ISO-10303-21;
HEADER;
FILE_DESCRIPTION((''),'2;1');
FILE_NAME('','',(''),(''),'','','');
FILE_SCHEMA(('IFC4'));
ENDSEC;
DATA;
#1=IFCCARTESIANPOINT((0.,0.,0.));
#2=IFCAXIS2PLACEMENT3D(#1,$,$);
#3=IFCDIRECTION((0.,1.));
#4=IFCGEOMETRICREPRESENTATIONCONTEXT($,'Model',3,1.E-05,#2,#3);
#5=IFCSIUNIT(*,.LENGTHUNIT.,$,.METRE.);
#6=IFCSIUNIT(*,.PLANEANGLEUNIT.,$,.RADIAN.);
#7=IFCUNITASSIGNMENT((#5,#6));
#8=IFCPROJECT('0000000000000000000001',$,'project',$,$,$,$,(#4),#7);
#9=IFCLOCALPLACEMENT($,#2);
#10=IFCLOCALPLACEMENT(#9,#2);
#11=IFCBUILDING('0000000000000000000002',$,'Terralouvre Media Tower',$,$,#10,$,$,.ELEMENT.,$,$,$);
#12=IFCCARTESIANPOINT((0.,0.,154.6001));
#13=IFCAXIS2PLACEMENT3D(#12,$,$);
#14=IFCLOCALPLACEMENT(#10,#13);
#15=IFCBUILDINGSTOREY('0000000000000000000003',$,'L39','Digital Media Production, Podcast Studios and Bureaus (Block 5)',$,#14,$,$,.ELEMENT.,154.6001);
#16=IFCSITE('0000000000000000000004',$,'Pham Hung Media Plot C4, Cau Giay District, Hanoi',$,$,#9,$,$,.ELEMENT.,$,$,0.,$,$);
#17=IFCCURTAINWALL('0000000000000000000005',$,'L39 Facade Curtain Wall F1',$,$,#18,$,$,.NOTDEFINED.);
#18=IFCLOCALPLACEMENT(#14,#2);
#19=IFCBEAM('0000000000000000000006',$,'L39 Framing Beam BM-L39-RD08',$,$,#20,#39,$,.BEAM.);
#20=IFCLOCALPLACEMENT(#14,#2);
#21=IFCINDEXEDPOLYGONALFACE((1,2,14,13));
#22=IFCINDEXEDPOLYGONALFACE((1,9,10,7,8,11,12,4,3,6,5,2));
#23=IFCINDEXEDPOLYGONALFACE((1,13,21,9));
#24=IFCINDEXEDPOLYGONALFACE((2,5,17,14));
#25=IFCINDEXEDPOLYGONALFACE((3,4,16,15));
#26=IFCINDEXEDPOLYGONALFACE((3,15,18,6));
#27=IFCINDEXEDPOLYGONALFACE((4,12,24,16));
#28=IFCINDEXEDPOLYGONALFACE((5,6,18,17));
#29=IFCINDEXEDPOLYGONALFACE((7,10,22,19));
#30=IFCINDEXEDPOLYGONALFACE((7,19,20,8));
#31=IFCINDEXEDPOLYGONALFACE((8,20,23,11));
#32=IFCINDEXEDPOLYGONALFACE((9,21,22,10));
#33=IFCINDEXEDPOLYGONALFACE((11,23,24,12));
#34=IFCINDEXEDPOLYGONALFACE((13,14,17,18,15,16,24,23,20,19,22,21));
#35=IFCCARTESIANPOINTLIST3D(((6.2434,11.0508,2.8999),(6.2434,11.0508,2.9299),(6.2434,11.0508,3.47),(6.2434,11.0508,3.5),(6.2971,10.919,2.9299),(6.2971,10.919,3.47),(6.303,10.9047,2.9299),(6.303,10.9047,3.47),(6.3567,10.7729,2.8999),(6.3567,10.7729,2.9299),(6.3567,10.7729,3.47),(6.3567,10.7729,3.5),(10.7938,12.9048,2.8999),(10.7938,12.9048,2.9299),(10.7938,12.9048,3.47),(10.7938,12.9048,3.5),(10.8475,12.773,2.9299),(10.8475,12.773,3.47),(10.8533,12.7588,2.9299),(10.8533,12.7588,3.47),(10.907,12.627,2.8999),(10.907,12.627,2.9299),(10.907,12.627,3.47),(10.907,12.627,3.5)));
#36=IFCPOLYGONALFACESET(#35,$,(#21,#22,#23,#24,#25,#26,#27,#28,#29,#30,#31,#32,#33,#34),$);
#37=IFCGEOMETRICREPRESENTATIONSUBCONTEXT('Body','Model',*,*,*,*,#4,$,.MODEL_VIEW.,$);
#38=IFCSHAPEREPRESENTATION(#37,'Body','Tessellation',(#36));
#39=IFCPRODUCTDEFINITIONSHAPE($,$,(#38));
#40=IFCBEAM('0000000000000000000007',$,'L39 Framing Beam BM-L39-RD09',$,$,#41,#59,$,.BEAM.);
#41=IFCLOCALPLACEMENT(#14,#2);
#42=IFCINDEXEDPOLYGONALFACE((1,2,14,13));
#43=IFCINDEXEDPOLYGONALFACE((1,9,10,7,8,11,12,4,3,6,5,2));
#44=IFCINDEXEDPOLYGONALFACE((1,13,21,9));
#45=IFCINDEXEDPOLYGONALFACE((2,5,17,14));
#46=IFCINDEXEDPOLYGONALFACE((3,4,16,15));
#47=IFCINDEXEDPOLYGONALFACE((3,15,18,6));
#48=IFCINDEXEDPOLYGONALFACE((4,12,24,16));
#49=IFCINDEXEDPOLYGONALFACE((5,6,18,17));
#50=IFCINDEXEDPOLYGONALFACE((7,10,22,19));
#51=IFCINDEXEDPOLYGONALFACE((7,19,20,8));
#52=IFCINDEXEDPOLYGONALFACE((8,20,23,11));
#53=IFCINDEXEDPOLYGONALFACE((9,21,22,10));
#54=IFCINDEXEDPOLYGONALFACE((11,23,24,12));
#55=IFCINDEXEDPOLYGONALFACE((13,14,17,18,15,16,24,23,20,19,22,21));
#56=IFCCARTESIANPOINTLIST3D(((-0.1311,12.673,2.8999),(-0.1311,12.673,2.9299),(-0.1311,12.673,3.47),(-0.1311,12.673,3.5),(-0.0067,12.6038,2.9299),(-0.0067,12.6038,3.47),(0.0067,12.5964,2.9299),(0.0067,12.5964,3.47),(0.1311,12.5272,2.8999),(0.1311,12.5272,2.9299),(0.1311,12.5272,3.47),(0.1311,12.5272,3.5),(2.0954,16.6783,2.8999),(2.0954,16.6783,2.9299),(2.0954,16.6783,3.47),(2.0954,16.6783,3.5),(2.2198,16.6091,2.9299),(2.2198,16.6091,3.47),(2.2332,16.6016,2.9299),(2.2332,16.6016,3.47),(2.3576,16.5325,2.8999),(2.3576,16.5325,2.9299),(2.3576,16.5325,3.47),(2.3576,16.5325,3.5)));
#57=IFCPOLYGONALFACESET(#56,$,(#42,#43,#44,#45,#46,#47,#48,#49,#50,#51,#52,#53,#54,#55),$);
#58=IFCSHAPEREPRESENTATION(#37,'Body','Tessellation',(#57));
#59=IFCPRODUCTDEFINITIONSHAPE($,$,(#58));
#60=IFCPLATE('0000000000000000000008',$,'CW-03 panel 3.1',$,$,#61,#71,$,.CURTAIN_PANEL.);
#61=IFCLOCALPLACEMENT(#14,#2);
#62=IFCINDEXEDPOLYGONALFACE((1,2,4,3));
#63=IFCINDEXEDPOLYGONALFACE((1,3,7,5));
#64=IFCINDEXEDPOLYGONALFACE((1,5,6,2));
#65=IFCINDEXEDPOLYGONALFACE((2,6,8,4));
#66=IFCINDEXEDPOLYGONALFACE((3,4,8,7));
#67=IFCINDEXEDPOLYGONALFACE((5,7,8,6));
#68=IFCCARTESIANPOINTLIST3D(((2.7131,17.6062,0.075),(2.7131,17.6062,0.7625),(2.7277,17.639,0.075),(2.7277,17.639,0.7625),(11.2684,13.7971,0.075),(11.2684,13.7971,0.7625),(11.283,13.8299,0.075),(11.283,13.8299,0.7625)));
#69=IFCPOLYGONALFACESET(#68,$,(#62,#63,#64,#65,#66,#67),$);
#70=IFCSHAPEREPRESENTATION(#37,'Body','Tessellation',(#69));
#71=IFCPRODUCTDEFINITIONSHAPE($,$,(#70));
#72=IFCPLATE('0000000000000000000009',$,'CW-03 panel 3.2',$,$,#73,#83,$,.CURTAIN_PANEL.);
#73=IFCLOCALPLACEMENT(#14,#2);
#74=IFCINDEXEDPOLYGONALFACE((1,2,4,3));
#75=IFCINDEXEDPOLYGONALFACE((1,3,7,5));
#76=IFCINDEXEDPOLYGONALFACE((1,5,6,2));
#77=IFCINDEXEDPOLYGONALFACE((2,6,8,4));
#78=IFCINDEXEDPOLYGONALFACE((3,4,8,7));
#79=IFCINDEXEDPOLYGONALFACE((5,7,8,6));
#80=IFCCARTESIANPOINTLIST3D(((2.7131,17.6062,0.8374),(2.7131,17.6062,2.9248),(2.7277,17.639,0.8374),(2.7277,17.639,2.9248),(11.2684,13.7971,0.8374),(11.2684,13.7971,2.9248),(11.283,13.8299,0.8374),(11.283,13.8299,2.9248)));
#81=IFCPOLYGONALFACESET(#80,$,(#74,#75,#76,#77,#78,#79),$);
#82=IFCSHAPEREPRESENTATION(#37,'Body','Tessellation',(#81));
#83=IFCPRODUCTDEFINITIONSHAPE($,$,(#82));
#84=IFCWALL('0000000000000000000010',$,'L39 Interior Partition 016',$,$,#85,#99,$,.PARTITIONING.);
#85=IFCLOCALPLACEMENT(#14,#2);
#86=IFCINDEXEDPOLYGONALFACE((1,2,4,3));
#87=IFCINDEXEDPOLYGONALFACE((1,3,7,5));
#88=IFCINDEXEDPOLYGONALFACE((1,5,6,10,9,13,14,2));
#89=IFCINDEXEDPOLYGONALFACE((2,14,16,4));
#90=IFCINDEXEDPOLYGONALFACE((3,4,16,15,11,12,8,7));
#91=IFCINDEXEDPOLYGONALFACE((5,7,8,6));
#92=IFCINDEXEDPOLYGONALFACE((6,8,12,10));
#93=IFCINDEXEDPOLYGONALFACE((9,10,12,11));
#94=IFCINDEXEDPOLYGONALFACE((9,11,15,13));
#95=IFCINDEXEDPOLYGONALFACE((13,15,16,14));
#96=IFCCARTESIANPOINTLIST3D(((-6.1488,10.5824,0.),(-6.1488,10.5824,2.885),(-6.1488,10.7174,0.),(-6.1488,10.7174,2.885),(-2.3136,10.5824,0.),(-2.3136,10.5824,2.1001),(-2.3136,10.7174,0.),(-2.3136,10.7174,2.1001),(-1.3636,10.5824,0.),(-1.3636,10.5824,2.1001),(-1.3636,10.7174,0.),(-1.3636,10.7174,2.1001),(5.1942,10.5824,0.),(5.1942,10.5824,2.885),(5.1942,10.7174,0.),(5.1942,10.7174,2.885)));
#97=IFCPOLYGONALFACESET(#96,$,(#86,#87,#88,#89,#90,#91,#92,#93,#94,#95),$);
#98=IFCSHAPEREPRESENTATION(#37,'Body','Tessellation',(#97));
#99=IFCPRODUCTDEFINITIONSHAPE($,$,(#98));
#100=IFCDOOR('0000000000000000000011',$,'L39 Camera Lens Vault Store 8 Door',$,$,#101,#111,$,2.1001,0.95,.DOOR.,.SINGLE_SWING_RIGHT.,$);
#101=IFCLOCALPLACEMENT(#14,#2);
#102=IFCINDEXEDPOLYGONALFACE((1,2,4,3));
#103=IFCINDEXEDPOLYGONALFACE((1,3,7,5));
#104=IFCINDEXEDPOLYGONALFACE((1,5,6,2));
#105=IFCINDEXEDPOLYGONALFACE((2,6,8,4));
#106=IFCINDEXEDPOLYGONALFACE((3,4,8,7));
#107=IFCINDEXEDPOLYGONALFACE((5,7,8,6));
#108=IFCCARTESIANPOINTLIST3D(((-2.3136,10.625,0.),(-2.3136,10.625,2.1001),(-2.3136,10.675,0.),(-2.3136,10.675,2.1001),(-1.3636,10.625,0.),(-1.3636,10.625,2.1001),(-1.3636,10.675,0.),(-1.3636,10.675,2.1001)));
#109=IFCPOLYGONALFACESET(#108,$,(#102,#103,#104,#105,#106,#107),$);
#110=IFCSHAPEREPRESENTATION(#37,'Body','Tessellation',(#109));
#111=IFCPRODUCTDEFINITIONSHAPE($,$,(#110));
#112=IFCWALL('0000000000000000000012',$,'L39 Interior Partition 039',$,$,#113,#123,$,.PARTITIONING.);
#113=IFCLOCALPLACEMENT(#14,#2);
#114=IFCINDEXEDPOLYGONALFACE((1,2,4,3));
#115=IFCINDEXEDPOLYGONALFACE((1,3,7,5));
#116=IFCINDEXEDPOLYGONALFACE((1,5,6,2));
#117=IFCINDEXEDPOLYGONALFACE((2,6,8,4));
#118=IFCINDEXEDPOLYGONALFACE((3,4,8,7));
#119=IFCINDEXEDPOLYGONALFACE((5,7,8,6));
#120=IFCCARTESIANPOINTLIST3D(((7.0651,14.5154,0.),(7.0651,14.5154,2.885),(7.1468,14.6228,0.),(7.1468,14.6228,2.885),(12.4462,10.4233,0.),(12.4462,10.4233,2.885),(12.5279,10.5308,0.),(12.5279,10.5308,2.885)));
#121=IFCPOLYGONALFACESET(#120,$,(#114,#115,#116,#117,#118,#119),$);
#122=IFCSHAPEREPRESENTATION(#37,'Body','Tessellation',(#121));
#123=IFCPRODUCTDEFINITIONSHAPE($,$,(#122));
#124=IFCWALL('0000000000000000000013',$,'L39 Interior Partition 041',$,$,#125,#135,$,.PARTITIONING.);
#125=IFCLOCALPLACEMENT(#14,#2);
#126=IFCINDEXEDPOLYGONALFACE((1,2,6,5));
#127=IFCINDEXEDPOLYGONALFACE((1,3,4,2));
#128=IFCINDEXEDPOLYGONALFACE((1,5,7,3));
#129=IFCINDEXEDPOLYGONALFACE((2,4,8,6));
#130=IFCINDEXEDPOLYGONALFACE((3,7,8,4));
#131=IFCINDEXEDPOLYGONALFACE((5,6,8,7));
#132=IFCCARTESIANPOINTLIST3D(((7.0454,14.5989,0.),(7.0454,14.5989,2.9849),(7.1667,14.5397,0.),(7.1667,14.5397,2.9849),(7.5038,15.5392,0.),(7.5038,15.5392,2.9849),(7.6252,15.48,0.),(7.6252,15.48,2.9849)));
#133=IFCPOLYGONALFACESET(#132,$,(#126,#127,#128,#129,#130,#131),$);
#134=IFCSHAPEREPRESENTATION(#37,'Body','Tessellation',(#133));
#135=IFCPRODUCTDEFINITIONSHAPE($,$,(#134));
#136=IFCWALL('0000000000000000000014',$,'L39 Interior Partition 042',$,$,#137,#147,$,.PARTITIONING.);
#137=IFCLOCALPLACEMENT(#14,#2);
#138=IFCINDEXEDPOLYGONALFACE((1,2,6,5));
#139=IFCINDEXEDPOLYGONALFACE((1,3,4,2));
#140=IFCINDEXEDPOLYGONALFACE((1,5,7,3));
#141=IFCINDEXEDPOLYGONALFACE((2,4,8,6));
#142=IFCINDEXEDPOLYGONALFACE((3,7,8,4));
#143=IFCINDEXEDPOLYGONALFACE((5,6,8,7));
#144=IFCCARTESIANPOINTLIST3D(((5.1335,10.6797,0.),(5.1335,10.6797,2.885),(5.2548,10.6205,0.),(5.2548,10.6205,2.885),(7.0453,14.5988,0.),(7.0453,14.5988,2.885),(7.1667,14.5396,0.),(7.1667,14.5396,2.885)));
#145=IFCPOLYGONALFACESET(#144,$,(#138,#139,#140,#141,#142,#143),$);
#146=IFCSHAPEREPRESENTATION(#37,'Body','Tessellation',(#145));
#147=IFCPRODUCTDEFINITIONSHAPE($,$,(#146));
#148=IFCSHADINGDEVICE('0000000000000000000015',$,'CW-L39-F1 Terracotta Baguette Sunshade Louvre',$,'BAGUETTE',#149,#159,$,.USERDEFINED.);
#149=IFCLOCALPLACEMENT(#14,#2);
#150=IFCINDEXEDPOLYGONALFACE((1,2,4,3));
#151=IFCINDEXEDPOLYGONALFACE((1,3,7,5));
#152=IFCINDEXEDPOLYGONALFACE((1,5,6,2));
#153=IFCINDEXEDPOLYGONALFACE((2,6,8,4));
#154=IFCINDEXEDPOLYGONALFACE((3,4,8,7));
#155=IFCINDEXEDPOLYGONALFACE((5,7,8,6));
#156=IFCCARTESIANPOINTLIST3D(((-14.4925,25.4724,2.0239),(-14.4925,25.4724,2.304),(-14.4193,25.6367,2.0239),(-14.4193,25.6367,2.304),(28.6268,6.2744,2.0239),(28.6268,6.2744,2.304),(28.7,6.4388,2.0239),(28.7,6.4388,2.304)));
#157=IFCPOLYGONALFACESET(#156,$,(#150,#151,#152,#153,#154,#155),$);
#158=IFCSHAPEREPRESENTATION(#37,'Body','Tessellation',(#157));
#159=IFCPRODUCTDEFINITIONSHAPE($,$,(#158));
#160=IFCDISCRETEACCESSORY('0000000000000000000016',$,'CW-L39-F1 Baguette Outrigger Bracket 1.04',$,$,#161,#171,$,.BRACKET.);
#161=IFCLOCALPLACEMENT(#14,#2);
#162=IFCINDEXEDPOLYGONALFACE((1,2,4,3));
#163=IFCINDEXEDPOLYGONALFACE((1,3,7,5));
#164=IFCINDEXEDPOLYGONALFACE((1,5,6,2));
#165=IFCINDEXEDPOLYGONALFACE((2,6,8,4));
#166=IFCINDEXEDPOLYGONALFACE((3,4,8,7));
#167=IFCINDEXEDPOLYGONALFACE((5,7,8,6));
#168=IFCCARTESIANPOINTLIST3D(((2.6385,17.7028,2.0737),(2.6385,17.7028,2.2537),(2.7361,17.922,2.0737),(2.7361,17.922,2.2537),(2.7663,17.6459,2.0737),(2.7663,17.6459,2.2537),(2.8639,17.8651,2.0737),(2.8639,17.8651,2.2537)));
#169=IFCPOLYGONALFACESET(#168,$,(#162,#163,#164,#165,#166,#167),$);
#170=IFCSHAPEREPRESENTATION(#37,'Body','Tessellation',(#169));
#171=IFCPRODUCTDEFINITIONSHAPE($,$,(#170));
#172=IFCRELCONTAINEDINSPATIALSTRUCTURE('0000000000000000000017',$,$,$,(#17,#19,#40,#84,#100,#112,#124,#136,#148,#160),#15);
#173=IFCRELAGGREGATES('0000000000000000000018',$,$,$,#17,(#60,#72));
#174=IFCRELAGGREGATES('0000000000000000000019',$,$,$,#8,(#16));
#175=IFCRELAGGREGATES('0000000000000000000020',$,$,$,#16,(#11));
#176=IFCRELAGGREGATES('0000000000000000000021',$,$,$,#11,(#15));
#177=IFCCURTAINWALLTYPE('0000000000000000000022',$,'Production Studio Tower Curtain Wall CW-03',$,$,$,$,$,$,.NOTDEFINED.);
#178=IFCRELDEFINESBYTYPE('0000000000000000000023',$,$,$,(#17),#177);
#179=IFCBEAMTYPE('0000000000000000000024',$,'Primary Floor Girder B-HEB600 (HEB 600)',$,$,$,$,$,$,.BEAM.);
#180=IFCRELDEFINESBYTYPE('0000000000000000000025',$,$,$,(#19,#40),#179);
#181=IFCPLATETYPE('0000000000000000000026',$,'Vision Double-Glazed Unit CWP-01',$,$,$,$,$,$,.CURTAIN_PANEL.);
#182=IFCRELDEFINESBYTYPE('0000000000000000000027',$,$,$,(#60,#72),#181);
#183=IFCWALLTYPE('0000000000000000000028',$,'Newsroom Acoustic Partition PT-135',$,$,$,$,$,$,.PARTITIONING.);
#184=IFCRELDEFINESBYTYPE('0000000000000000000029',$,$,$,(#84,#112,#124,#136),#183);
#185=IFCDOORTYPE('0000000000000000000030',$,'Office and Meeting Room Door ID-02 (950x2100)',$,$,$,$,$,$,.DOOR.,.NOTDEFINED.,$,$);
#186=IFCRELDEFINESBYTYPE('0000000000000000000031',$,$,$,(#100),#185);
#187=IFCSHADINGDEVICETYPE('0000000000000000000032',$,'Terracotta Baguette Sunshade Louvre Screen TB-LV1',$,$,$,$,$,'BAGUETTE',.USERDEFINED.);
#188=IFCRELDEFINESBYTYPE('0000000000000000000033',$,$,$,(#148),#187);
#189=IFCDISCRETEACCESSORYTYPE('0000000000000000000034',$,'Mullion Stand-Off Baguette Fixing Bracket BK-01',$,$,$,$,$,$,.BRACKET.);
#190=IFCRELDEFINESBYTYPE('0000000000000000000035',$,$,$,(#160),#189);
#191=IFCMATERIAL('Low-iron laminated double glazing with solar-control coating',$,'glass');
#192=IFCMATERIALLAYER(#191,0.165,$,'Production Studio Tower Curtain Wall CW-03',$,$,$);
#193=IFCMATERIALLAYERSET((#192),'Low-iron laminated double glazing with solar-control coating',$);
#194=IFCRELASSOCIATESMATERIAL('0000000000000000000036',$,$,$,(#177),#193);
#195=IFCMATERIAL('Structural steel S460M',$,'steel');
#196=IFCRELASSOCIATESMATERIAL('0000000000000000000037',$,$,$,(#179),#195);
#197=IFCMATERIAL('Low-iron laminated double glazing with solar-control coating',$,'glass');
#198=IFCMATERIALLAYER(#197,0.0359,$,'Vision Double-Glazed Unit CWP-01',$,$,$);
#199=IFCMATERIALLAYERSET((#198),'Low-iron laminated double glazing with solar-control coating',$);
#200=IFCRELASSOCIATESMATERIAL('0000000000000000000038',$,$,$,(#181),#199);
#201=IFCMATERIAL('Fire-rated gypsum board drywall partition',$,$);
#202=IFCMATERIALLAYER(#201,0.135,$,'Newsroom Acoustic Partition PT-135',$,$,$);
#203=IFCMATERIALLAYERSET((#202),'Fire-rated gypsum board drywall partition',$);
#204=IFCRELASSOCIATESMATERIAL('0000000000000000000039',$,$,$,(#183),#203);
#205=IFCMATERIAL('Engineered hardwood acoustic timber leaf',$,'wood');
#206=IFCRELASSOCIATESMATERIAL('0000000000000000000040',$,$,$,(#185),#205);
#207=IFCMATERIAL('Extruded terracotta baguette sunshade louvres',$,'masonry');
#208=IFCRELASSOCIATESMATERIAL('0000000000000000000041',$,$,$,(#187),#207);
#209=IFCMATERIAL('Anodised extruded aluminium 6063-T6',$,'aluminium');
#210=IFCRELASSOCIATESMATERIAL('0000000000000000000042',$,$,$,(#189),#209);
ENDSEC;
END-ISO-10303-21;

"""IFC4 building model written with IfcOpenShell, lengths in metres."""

from ifc_helpers import new_model, si_unit, direction, frame, frame_2d, origin, origin_2d, place, context, subcontext, project, spatial, rectangle, i_section, extrude, material, layer, layer_set, material_profile, profile_set, type_object, element, fill, aggregate, save


model = new_model("IFC4")

# Units and contexts
model_context = context("Model", 3, precision=1e-05, world=origin(), true_north=direction((0.0, 1.0)))
body_context = subcontext(model_context, "Body", "Model", "MODEL_VIEW")
ifc_project = project(units=[si_unit("LENGTHUNIT", "METRE"), si_unit("PLANEANGLEUNIT", "RADIAN")], contexts=[model_context])

# Site, building, storey
site_placement = place(None, origin())
site = spatial("IfcSite", under=ifc_project, at=site_placement, Name="Pham Hung Media Plot C4, Cau Giay District, Hanoi", CompositionType="ELEMENT", RefElevation=0.0)
building_placement = place(site_placement, origin())
building = spatial("IfcBuilding", under=site, at=building_placement, Name="Terralouvre Media Tower", CompositionType="ELEMENT")
storey_placement = place(building_placement, frame((0.0, 0.0, 154.6001)))
storey = spatial("IfcBuildingStorey", under=building, at=storey_placement, Name="L39", Description="Digital Media Production, Podcast Studios and Bureaus (Block 5)", CompositionType="ELEMENT", Elevation=154.6001)

# Curtain wall
ifc_material_1 = material(Name="Low-iron laminated double glazing with solar-control coating", Category="glass")
ifc_layer_1 = layer(ifc_material_1, 0.165, Name="Production Studio Tower Curtain Wall CW-03")
ifc_layer_set_1 = layer_set([ifc_layer_1], Name="Low-iron laminated double glazing with solar-control coating")
curtain_wall_type = type_object("IfcCurtainWallType", Name="Production Studio Tower Curtain Wall CW-03", PredefinedType="NOTDEFINED", material=ifc_layer_set_1)
curtain_wall_placement = place(storey_placement, origin())
curtain_wall = element("IfcCurtainWall", 1, at=curtain_wall_placement, inside=storey, type_object=curtain_wall_type, Name="L39 Facade Curtain Wall F1", PredefinedType="NOTDEFINED")

# Beams
ifc_material_2 = material(Name="Structural steel S460M", Category="steel")
ifc_material_profile_1 = material_profile(ifc_material_2, i_section(OverallWidth=0.3, OverallDepth=0.6001, WebThickness=0.0154, FlangeThickness=0.03, at=origin_2d()), Name="HEB 600")
ifc_profile_set_1 = profile_set([ifc_material_profile_1], Name="Structural steel S460M")
beam_type_1 = type_object("IfcBeamType", Name="Primary Floor Girder B-HEB600 (HEB 600)", PredefinedType="BEAM", material=ifc_profile_set_1)
beam_1_placement = place(storey_placement, frame((6.3, 10.9119, 3.2), z_axis=(0.926079, 0.377328, 0.0), x_axis=(-0.377328, 0.926079, 0.0)))
element("IfcBeam", 2, at=beam_1_placement, inside=storey, type_object=beam_type_1, Name="L39 Framing Beam BM-L39-RD08", PredefinedType="BEAM", context=body_context, shape_type="SweptSolid", body=[
    extrude(i_section(OverallWidth=0.3, OverallDepth=0.6001, WebThickness=0.0154, FlangeThickness=0.03, at=origin_2d()), origin(), (0.0, 0.0, 1.0), 4.9136),
])
beam_2_placement = place(storey_placement, frame((0.0, 12.6001, 3.2), z_axis=(0.485869, 0.874032, 0.0), x_axis=(-0.874032, 0.485869, 0.0)))
element("IfcBeam", 3, at=beam_2_placement, inside=storey, type_object=beam_type_1, Name="L39 Framing Beam BM-L39-RD09", PredefinedType="BEAM", context=body_context, shape_type="SweptSolid", body=[
    extrude(i_section(OverallWidth=0.3, OverallDepth=0.6001, WebThickness=0.0154, FlangeThickness=0.03, at=origin_2d()), origin(), (0.0, 0.0, 1.0), 4.5825),
])

# Plates
ifc_material_3 = material(Name="Low-iron laminated double glazing with solar-control coating", Category="glass")
ifc_layer_2 = layer(ifc_material_3, 0.0359, Name="Vision Double-Glazed Unit CWP-01")
ifc_layer_set_2 = layer_set([ifc_layer_2], Name="Low-iron laminated double glazing with solar-control coating")
plate_type = type_object("IfcPlateType", Name="Vision Double-Glazed Unit CWP-01", PredefinedType="CURTAIN_PANEL", material=ifc_layer_set_2)
plate_1_placement = place(storey_placement, frame((6.998, 15.718, 0.075), z_axis=(0.0, 0.0, 1.0), x_axis=(-0.913545, 0.406737, 0.0)))
plate_1 = element("IfcPlate", 4, at=plate_1_placement, type_object=plate_type, Name="CW-03 panel 3.1", PredefinedType="CURTAIN_PANEL", context=body_context, shape_type="SweptSolid", body=[
    extrude(rectangle(XDim=9.365, YDim=0.0359, at=origin_2d()), origin(), (0.0, 0.0, 1.0), 0.6875),
])
plate_2_placement = place(storey_placement, frame((6.998, 15.718, 0.8374), z_axis=(0.0, 0.0, 1.0), x_axis=(-0.913545, 0.406737, 0.0)))
plate_2 = element("IfcPlate", 5, at=plate_2_placement, type_object=plate_type, Name="CW-03 panel 3.2", PredefinedType="CURTAIN_PANEL", context=body_context, shape_type="SweptSolid", body=[
    extrude(rectangle(XDim=9.365, YDim=0.0359, at=origin_2d()), origin(), (0.0, 0.0, 1.0), 2.0874),
])
aggregate(curtain_wall, [plate_1, plate_2])

# Wall, opening, door
ifc_material_4 = material(Name="Fire-rated gypsum board drywall partition")
ifc_layer_3 = layer(ifc_material_4, 0.135, Name="Newsroom Acoustic Partition PT-135")
ifc_layer_set_3 = layer_set([ifc_layer_3], Name="Fire-rated gypsum board drywall partition")
wall_type = type_object("IfcWallType", Name="Newsroom Acoustic Partition PT-135", PredefinedType="PARTITIONING", material=ifc_layer_set_3)
wall_1_placement = place(storey_placement, frame((5.1941, 10.6499, 0.0), z_axis=(0.0, 0.0, 1.0), x_axis=(-1.0, 0.0, 0.0)))
wall_1 = element("IfcWall", 6, at=wall_1_placement, inside=storey, type_object=wall_type, Name="L39 Interior Partition 016", PredefinedType="PARTITIONING", context=body_context, shape_type="SweptSolid", body=[
    extrude(rectangle(XDim=11.343, YDim=0.135, at=frame_2d((5.6714, 0.0))), origin(), (0.0, 0.0, 1.0), 2.885),
])
opening_placement = place(wall_1_placement, frame((6.5576, 0.0, 0.0)))
opening = element("IfcOpeningElement", 7, at=opening_placement, cuts=wall_1, PredefinedType="OPENING", context=body_context, shape_type="SweptSolid", body=[
    extrude(rectangle(XDim=0.95, YDim=2.1001, at=frame_2d((0.4751, 1.05))), frame((0.0, 0.0774, 0.0), z_axis=(0.0, -1.0, 0.0), x_axis=(1.0, 0.0, 0.0)), (0.0, 0.0, 1.0), 0.155),
])
ifc_material_5 = material(Name="Engineered hardwood acoustic timber leaf", Category="wood")
door_type = type_object("IfcDoorType", Name="Office and Meeting Room Door ID-02 (950x2100)", OperationType="NOTDEFINED", PredefinedType="DOOR", material=ifc_material_5)
door_placement = place(opening_placement, origin())
door = element("IfcDoor", 8, at=door_placement, inside=storey, type_object=door_type, Name="L39 Camera Lens Vault Store 8 Door", OperationType="SINGLE_SWING_RIGHT", OverallHeight=2.1001, OverallWidth=0.95, PredefinedType="DOOR", context=body_context, shape_type="SweptSolid", body=[
    extrude(rectangle(XDim=0.95, YDim=2.1001, at=frame_2d((0.4751, 1.05))), frame((0.0, 0.0249, 0.0), z_axis=(0.0, -1.0, 0.0), x_axis=(1.0, 0.0, 0.0)), (0.0, 0.0, 1.0), 0.05),
])
fill(opening, door)

# Walls
wall_2_placement = place(storey_placement, frame((7.106, 14.5691, 0.0), z_axis=(0.0, 0.0, 1.0), x_axis=(0.795991, -0.605308, 0.0)))
element("IfcWall", 9, at=wall_2_placement, inside=storey, type_object=wall_type, Name="L39 Interior Partition 039", PredefinedType="PARTITIONING", context=body_context, shape_type="SweptSolid", body=[
    extrude(rectangle(XDim=6.7603, YDim=0.135, at=frame_2d((3.3801, 0.0))), origin(), (0.0, 0.0, 1.0), 2.885),
])
wall_3_placement = place(storey_placement, frame((7.5645, 15.5095, 0.0), z_axis=(0.0, 0.0, 1.0), x_axis=(-0.438231, -0.898863, 0.0)))
element("IfcWall", 10, at=wall_3_placement, inside=storey, type_object=wall_type, Name="L39 Interior Partition 041", PredefinedType="PARTITIONING", context=body_context, shape_type="SweptSolid", body=[
    extrude(rectangle(XDim=1.0461, YDim=0.135, at=frame_2d((0.5229, 0.0))), origin(), (0.0, 0.0, 1.0), 2.9849),
])
wall_4_placement = place(storey_placement, frame((7.106, 14.5691, 0.0), z_axis=(0.0, 0.0, 1.0), x_axis=(-0.438436, -0.898763, 0.0)))
element("IfcWall", 11, at=wall_4_placement, inside=storey, type_object=wall_type, Name="L39 Interior Partition 042", PredefinedType="PARTITIONING", context=body_context, shape_type="SweptSolid", body=[
    extrude(rectangle(XDim=4.3606, YDim=0.135, at=frame_2d((2.1802, 0.0))), origin(), (0.0, 0.0, 1.0), 2.885),
])

# Shading device
ifc_material_6 = material(Name="Extruded terracotta baguette sunshade louvres", Category="masonry")
shading_device_type = type_object("IfcShadingDeviceType", Name="Terracotta Baguette Sunshade Louvre Screen TB-LV1", ElementType="BAGUETTE", PredefinedType="USERDEFINED", material=ifc_material_6)
shading_device_placement = place(storey_placement, frame((7.1038, 15.9556, 2.0239), z_axis=(0.0, 0.0, 1.0), x_axis=(-0.913545, 0.406737, 0.0)))
element("IfcShadingDevice", 12, at=shading_device_placement, inside=storey, type_object=shading_device_type, Name="CW-L39-F1 Terracotta Baguette Sunshade Louvre", ObjectType="BAGUETTE", PredefinedType="USERDEFINED", context=body_context, shape_type="SweptSolid", body=[
    extrude(rectangle(XDim=47.2, YDim=0.1799, at=origin_2d()), origin(), (0.0, 0.0, 1.0), 0.28),
])

# Discrete accessory
ifc_material_7 = material(Name="Anodised extruded aluminium 6063-T6", Category="aluminium")
discrete_accessory_type = type_object("IfcDiscreteAccessoryType", Name="Mullion Stand-Off Baguette Fixing Bracket BK-01", PredefinedType="BRACKET", material=ifc_material_7)
discrete_accessory_placement = place(storey_placement, frame((2.7512, 17.7839, 2.0737), z_axis=(0.0, 0.0, 1.0), x_axis=(-0.913545, 0.406737, 0.0)))
element("IfcDiscreteAccessory", 13, at=discrete_accessory_placement, inside=storey, type_object=discrete_accessory_type, Name="CW-L39-F1 Baguette Outrigger Bracket 1.04", PredefinedType="BRACKET", context=body_context, shape_type="SweptSolid", body=[
    extrude(rectangle(XDim=0.1399, YDim=0.24, at=origin_2d()), origin(), (0.0, 0.0, 1.0), 0.1799),
])

save(model, "model.ifc")
